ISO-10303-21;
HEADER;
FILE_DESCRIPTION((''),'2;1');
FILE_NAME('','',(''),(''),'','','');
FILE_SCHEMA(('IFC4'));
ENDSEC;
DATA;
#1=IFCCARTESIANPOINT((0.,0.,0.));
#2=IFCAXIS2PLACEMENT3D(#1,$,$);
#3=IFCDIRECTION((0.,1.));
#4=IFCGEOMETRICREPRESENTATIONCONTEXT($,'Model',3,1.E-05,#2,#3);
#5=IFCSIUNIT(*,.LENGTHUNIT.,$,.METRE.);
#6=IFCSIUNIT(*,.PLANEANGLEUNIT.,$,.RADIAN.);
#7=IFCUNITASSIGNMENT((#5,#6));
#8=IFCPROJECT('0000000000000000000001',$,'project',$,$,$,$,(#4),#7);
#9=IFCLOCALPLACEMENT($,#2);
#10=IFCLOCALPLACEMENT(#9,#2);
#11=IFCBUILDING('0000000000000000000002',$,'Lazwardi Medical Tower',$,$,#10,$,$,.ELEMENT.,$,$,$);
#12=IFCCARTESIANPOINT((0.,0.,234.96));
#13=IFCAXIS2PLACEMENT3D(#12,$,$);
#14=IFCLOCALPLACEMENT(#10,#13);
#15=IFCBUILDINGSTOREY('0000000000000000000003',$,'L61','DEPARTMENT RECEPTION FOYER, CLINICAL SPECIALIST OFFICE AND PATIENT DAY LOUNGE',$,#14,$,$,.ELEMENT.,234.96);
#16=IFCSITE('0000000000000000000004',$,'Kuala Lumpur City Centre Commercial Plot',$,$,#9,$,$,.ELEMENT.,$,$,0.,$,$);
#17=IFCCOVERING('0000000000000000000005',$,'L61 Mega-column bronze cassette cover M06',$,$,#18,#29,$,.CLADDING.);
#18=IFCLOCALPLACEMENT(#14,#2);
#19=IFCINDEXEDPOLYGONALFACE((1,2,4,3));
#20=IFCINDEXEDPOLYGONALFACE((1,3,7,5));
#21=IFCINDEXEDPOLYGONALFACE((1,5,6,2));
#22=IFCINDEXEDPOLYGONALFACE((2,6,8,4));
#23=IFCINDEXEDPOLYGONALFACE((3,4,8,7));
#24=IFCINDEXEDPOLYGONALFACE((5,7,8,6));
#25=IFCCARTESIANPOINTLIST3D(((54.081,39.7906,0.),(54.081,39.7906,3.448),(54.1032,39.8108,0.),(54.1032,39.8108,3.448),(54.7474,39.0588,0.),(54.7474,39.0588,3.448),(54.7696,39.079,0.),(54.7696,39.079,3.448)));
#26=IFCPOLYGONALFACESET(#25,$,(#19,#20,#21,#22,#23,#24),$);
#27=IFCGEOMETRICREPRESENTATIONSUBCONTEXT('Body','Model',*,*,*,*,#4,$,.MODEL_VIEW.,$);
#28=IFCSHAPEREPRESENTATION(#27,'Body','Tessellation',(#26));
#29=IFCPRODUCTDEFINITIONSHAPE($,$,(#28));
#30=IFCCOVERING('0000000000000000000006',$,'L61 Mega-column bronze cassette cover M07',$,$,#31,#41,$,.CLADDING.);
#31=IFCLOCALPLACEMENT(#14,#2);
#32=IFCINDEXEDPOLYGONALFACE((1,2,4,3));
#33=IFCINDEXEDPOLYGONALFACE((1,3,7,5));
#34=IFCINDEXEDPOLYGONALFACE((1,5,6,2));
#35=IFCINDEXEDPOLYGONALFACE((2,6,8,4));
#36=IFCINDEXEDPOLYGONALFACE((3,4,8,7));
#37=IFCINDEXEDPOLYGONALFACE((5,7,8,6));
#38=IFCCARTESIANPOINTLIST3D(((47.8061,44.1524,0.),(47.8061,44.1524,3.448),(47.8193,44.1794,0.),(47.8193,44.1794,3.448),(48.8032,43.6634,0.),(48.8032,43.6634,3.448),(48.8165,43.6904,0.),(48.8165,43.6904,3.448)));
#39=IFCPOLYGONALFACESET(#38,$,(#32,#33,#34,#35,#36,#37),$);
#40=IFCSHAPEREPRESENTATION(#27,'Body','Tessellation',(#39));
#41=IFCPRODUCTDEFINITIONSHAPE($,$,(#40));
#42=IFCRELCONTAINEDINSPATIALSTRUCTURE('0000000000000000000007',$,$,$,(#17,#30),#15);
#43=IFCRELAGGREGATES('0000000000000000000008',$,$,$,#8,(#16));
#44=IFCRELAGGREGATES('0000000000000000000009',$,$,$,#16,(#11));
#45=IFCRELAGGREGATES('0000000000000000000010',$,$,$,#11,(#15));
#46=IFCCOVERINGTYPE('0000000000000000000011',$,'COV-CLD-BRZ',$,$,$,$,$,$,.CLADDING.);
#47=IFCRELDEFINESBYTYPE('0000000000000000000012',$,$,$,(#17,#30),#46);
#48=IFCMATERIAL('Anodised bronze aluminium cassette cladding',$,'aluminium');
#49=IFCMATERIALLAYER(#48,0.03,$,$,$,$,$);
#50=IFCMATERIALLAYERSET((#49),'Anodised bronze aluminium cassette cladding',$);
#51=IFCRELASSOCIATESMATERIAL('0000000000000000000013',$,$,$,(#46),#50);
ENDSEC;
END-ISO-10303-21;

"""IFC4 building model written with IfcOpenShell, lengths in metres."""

from ifc_helpers import new_model, si_unit, direction, frame, origin, origin_2d, place, context, subcontext, project, spatial, rectangle, extrude, material, layer, layer_set, type_object, element, save


model = new_model("IFC4")

# Units and contexts
model_context = context("Model", 3, precision=1e-05, world=origin(), true_north=direction((0.0, 1.0)))
body_context = subcontext(model_context, "Body", "Model", "MODEL_VIEW")
ifc_project = project(units=[si_unit("LENGTHUNIT", "METRE"), si_unit("PLANEANGLEUNIT", "RADIAN")], contexts=[model_context])

# Site, building, storey
site_placement = place(None, origin())
site = spatial("IfcSite", under=ifc_project, at=site_placement, Name="Kuala Lumpur City Centre Commercial Plot", CompositionType="ELEMENT", RefElevation=0.0)
building_placement = place(site_placement, origin())
building = spatial("IfcBuilding", under=site, at=building_placement, Name="Lazwardi Medical Tower", CompositionType="ELEMENT")
storey_placement = place(building_placement, frame((0.0, 0.0, 234.96)))
storey = spatial("IfcBuildingStorey", under=building, at=storey_placement, Name="L61", Description="DEPARTMENT RECEPTION FOYER, CLINICAL SPECIALIST OFFICE AND PATIENT DAY LOUNGE", CompositionType="ELEMENT", Elevation=234.96)

# Coverings
ifc_material_1 = material(Name="Anodised bronze aluminium cassette cladding", Category="aluminium")
ifc_layer_1 = layer(ifc_material_1, 0.03)
ifc_layer_set_1 = layer_set([ifc_layer_1], Name="Anodised bronze aluminium cassette cladding")
covering_type = type_object("IfcCoveringType", Name="COV-CLD-BRZ", PredefinedType="CLADDING", material=ifc_layer_set_1)
covering_1_placement = place(storey_placement, frame((54.4253, 39.4348, 0.0), z_axis=(0.0, 0.0, 1.0), x_axis=(-0.673241, 0.739423, 0.0)))
element("IfcCovering", 1, at=covering_1_placement, inside=storey, type_object=covering_type, Name="L61 Mega-column bronze cassette cover M06", PredefinedType="CLADDING", context=body_context, shape_type="SweptSolid", body=[
    extrude(rectangle(XDim=0.9897, YDim=0.03, at=origin_2d()), origin(), (0.0, 0.0, 1.0), 3.448),
])
covering_2_placement = place(storey_placement, frame((48.3113, 43.9214, 0.0), z_axis=(0.0, 0.0, 1.0), x_axis=(-0.89784, 0.440322, 0.0)))
element("IfcCovering", 2, at=covering_2_placement, inside=storey, type_object=covering_type, Name="L61 Mega-column bronze cassette cover M07", PredefinedType="CLADDING", context=body_context, shape_type="SweptSolid", body=[
    extrude(rectangle(XDim=1.1106, YDim=0.03, at=origin_2d()), origin(), (0.0, 0.0, 1.0), 3.448),
])

save(model, "model.ifc")
